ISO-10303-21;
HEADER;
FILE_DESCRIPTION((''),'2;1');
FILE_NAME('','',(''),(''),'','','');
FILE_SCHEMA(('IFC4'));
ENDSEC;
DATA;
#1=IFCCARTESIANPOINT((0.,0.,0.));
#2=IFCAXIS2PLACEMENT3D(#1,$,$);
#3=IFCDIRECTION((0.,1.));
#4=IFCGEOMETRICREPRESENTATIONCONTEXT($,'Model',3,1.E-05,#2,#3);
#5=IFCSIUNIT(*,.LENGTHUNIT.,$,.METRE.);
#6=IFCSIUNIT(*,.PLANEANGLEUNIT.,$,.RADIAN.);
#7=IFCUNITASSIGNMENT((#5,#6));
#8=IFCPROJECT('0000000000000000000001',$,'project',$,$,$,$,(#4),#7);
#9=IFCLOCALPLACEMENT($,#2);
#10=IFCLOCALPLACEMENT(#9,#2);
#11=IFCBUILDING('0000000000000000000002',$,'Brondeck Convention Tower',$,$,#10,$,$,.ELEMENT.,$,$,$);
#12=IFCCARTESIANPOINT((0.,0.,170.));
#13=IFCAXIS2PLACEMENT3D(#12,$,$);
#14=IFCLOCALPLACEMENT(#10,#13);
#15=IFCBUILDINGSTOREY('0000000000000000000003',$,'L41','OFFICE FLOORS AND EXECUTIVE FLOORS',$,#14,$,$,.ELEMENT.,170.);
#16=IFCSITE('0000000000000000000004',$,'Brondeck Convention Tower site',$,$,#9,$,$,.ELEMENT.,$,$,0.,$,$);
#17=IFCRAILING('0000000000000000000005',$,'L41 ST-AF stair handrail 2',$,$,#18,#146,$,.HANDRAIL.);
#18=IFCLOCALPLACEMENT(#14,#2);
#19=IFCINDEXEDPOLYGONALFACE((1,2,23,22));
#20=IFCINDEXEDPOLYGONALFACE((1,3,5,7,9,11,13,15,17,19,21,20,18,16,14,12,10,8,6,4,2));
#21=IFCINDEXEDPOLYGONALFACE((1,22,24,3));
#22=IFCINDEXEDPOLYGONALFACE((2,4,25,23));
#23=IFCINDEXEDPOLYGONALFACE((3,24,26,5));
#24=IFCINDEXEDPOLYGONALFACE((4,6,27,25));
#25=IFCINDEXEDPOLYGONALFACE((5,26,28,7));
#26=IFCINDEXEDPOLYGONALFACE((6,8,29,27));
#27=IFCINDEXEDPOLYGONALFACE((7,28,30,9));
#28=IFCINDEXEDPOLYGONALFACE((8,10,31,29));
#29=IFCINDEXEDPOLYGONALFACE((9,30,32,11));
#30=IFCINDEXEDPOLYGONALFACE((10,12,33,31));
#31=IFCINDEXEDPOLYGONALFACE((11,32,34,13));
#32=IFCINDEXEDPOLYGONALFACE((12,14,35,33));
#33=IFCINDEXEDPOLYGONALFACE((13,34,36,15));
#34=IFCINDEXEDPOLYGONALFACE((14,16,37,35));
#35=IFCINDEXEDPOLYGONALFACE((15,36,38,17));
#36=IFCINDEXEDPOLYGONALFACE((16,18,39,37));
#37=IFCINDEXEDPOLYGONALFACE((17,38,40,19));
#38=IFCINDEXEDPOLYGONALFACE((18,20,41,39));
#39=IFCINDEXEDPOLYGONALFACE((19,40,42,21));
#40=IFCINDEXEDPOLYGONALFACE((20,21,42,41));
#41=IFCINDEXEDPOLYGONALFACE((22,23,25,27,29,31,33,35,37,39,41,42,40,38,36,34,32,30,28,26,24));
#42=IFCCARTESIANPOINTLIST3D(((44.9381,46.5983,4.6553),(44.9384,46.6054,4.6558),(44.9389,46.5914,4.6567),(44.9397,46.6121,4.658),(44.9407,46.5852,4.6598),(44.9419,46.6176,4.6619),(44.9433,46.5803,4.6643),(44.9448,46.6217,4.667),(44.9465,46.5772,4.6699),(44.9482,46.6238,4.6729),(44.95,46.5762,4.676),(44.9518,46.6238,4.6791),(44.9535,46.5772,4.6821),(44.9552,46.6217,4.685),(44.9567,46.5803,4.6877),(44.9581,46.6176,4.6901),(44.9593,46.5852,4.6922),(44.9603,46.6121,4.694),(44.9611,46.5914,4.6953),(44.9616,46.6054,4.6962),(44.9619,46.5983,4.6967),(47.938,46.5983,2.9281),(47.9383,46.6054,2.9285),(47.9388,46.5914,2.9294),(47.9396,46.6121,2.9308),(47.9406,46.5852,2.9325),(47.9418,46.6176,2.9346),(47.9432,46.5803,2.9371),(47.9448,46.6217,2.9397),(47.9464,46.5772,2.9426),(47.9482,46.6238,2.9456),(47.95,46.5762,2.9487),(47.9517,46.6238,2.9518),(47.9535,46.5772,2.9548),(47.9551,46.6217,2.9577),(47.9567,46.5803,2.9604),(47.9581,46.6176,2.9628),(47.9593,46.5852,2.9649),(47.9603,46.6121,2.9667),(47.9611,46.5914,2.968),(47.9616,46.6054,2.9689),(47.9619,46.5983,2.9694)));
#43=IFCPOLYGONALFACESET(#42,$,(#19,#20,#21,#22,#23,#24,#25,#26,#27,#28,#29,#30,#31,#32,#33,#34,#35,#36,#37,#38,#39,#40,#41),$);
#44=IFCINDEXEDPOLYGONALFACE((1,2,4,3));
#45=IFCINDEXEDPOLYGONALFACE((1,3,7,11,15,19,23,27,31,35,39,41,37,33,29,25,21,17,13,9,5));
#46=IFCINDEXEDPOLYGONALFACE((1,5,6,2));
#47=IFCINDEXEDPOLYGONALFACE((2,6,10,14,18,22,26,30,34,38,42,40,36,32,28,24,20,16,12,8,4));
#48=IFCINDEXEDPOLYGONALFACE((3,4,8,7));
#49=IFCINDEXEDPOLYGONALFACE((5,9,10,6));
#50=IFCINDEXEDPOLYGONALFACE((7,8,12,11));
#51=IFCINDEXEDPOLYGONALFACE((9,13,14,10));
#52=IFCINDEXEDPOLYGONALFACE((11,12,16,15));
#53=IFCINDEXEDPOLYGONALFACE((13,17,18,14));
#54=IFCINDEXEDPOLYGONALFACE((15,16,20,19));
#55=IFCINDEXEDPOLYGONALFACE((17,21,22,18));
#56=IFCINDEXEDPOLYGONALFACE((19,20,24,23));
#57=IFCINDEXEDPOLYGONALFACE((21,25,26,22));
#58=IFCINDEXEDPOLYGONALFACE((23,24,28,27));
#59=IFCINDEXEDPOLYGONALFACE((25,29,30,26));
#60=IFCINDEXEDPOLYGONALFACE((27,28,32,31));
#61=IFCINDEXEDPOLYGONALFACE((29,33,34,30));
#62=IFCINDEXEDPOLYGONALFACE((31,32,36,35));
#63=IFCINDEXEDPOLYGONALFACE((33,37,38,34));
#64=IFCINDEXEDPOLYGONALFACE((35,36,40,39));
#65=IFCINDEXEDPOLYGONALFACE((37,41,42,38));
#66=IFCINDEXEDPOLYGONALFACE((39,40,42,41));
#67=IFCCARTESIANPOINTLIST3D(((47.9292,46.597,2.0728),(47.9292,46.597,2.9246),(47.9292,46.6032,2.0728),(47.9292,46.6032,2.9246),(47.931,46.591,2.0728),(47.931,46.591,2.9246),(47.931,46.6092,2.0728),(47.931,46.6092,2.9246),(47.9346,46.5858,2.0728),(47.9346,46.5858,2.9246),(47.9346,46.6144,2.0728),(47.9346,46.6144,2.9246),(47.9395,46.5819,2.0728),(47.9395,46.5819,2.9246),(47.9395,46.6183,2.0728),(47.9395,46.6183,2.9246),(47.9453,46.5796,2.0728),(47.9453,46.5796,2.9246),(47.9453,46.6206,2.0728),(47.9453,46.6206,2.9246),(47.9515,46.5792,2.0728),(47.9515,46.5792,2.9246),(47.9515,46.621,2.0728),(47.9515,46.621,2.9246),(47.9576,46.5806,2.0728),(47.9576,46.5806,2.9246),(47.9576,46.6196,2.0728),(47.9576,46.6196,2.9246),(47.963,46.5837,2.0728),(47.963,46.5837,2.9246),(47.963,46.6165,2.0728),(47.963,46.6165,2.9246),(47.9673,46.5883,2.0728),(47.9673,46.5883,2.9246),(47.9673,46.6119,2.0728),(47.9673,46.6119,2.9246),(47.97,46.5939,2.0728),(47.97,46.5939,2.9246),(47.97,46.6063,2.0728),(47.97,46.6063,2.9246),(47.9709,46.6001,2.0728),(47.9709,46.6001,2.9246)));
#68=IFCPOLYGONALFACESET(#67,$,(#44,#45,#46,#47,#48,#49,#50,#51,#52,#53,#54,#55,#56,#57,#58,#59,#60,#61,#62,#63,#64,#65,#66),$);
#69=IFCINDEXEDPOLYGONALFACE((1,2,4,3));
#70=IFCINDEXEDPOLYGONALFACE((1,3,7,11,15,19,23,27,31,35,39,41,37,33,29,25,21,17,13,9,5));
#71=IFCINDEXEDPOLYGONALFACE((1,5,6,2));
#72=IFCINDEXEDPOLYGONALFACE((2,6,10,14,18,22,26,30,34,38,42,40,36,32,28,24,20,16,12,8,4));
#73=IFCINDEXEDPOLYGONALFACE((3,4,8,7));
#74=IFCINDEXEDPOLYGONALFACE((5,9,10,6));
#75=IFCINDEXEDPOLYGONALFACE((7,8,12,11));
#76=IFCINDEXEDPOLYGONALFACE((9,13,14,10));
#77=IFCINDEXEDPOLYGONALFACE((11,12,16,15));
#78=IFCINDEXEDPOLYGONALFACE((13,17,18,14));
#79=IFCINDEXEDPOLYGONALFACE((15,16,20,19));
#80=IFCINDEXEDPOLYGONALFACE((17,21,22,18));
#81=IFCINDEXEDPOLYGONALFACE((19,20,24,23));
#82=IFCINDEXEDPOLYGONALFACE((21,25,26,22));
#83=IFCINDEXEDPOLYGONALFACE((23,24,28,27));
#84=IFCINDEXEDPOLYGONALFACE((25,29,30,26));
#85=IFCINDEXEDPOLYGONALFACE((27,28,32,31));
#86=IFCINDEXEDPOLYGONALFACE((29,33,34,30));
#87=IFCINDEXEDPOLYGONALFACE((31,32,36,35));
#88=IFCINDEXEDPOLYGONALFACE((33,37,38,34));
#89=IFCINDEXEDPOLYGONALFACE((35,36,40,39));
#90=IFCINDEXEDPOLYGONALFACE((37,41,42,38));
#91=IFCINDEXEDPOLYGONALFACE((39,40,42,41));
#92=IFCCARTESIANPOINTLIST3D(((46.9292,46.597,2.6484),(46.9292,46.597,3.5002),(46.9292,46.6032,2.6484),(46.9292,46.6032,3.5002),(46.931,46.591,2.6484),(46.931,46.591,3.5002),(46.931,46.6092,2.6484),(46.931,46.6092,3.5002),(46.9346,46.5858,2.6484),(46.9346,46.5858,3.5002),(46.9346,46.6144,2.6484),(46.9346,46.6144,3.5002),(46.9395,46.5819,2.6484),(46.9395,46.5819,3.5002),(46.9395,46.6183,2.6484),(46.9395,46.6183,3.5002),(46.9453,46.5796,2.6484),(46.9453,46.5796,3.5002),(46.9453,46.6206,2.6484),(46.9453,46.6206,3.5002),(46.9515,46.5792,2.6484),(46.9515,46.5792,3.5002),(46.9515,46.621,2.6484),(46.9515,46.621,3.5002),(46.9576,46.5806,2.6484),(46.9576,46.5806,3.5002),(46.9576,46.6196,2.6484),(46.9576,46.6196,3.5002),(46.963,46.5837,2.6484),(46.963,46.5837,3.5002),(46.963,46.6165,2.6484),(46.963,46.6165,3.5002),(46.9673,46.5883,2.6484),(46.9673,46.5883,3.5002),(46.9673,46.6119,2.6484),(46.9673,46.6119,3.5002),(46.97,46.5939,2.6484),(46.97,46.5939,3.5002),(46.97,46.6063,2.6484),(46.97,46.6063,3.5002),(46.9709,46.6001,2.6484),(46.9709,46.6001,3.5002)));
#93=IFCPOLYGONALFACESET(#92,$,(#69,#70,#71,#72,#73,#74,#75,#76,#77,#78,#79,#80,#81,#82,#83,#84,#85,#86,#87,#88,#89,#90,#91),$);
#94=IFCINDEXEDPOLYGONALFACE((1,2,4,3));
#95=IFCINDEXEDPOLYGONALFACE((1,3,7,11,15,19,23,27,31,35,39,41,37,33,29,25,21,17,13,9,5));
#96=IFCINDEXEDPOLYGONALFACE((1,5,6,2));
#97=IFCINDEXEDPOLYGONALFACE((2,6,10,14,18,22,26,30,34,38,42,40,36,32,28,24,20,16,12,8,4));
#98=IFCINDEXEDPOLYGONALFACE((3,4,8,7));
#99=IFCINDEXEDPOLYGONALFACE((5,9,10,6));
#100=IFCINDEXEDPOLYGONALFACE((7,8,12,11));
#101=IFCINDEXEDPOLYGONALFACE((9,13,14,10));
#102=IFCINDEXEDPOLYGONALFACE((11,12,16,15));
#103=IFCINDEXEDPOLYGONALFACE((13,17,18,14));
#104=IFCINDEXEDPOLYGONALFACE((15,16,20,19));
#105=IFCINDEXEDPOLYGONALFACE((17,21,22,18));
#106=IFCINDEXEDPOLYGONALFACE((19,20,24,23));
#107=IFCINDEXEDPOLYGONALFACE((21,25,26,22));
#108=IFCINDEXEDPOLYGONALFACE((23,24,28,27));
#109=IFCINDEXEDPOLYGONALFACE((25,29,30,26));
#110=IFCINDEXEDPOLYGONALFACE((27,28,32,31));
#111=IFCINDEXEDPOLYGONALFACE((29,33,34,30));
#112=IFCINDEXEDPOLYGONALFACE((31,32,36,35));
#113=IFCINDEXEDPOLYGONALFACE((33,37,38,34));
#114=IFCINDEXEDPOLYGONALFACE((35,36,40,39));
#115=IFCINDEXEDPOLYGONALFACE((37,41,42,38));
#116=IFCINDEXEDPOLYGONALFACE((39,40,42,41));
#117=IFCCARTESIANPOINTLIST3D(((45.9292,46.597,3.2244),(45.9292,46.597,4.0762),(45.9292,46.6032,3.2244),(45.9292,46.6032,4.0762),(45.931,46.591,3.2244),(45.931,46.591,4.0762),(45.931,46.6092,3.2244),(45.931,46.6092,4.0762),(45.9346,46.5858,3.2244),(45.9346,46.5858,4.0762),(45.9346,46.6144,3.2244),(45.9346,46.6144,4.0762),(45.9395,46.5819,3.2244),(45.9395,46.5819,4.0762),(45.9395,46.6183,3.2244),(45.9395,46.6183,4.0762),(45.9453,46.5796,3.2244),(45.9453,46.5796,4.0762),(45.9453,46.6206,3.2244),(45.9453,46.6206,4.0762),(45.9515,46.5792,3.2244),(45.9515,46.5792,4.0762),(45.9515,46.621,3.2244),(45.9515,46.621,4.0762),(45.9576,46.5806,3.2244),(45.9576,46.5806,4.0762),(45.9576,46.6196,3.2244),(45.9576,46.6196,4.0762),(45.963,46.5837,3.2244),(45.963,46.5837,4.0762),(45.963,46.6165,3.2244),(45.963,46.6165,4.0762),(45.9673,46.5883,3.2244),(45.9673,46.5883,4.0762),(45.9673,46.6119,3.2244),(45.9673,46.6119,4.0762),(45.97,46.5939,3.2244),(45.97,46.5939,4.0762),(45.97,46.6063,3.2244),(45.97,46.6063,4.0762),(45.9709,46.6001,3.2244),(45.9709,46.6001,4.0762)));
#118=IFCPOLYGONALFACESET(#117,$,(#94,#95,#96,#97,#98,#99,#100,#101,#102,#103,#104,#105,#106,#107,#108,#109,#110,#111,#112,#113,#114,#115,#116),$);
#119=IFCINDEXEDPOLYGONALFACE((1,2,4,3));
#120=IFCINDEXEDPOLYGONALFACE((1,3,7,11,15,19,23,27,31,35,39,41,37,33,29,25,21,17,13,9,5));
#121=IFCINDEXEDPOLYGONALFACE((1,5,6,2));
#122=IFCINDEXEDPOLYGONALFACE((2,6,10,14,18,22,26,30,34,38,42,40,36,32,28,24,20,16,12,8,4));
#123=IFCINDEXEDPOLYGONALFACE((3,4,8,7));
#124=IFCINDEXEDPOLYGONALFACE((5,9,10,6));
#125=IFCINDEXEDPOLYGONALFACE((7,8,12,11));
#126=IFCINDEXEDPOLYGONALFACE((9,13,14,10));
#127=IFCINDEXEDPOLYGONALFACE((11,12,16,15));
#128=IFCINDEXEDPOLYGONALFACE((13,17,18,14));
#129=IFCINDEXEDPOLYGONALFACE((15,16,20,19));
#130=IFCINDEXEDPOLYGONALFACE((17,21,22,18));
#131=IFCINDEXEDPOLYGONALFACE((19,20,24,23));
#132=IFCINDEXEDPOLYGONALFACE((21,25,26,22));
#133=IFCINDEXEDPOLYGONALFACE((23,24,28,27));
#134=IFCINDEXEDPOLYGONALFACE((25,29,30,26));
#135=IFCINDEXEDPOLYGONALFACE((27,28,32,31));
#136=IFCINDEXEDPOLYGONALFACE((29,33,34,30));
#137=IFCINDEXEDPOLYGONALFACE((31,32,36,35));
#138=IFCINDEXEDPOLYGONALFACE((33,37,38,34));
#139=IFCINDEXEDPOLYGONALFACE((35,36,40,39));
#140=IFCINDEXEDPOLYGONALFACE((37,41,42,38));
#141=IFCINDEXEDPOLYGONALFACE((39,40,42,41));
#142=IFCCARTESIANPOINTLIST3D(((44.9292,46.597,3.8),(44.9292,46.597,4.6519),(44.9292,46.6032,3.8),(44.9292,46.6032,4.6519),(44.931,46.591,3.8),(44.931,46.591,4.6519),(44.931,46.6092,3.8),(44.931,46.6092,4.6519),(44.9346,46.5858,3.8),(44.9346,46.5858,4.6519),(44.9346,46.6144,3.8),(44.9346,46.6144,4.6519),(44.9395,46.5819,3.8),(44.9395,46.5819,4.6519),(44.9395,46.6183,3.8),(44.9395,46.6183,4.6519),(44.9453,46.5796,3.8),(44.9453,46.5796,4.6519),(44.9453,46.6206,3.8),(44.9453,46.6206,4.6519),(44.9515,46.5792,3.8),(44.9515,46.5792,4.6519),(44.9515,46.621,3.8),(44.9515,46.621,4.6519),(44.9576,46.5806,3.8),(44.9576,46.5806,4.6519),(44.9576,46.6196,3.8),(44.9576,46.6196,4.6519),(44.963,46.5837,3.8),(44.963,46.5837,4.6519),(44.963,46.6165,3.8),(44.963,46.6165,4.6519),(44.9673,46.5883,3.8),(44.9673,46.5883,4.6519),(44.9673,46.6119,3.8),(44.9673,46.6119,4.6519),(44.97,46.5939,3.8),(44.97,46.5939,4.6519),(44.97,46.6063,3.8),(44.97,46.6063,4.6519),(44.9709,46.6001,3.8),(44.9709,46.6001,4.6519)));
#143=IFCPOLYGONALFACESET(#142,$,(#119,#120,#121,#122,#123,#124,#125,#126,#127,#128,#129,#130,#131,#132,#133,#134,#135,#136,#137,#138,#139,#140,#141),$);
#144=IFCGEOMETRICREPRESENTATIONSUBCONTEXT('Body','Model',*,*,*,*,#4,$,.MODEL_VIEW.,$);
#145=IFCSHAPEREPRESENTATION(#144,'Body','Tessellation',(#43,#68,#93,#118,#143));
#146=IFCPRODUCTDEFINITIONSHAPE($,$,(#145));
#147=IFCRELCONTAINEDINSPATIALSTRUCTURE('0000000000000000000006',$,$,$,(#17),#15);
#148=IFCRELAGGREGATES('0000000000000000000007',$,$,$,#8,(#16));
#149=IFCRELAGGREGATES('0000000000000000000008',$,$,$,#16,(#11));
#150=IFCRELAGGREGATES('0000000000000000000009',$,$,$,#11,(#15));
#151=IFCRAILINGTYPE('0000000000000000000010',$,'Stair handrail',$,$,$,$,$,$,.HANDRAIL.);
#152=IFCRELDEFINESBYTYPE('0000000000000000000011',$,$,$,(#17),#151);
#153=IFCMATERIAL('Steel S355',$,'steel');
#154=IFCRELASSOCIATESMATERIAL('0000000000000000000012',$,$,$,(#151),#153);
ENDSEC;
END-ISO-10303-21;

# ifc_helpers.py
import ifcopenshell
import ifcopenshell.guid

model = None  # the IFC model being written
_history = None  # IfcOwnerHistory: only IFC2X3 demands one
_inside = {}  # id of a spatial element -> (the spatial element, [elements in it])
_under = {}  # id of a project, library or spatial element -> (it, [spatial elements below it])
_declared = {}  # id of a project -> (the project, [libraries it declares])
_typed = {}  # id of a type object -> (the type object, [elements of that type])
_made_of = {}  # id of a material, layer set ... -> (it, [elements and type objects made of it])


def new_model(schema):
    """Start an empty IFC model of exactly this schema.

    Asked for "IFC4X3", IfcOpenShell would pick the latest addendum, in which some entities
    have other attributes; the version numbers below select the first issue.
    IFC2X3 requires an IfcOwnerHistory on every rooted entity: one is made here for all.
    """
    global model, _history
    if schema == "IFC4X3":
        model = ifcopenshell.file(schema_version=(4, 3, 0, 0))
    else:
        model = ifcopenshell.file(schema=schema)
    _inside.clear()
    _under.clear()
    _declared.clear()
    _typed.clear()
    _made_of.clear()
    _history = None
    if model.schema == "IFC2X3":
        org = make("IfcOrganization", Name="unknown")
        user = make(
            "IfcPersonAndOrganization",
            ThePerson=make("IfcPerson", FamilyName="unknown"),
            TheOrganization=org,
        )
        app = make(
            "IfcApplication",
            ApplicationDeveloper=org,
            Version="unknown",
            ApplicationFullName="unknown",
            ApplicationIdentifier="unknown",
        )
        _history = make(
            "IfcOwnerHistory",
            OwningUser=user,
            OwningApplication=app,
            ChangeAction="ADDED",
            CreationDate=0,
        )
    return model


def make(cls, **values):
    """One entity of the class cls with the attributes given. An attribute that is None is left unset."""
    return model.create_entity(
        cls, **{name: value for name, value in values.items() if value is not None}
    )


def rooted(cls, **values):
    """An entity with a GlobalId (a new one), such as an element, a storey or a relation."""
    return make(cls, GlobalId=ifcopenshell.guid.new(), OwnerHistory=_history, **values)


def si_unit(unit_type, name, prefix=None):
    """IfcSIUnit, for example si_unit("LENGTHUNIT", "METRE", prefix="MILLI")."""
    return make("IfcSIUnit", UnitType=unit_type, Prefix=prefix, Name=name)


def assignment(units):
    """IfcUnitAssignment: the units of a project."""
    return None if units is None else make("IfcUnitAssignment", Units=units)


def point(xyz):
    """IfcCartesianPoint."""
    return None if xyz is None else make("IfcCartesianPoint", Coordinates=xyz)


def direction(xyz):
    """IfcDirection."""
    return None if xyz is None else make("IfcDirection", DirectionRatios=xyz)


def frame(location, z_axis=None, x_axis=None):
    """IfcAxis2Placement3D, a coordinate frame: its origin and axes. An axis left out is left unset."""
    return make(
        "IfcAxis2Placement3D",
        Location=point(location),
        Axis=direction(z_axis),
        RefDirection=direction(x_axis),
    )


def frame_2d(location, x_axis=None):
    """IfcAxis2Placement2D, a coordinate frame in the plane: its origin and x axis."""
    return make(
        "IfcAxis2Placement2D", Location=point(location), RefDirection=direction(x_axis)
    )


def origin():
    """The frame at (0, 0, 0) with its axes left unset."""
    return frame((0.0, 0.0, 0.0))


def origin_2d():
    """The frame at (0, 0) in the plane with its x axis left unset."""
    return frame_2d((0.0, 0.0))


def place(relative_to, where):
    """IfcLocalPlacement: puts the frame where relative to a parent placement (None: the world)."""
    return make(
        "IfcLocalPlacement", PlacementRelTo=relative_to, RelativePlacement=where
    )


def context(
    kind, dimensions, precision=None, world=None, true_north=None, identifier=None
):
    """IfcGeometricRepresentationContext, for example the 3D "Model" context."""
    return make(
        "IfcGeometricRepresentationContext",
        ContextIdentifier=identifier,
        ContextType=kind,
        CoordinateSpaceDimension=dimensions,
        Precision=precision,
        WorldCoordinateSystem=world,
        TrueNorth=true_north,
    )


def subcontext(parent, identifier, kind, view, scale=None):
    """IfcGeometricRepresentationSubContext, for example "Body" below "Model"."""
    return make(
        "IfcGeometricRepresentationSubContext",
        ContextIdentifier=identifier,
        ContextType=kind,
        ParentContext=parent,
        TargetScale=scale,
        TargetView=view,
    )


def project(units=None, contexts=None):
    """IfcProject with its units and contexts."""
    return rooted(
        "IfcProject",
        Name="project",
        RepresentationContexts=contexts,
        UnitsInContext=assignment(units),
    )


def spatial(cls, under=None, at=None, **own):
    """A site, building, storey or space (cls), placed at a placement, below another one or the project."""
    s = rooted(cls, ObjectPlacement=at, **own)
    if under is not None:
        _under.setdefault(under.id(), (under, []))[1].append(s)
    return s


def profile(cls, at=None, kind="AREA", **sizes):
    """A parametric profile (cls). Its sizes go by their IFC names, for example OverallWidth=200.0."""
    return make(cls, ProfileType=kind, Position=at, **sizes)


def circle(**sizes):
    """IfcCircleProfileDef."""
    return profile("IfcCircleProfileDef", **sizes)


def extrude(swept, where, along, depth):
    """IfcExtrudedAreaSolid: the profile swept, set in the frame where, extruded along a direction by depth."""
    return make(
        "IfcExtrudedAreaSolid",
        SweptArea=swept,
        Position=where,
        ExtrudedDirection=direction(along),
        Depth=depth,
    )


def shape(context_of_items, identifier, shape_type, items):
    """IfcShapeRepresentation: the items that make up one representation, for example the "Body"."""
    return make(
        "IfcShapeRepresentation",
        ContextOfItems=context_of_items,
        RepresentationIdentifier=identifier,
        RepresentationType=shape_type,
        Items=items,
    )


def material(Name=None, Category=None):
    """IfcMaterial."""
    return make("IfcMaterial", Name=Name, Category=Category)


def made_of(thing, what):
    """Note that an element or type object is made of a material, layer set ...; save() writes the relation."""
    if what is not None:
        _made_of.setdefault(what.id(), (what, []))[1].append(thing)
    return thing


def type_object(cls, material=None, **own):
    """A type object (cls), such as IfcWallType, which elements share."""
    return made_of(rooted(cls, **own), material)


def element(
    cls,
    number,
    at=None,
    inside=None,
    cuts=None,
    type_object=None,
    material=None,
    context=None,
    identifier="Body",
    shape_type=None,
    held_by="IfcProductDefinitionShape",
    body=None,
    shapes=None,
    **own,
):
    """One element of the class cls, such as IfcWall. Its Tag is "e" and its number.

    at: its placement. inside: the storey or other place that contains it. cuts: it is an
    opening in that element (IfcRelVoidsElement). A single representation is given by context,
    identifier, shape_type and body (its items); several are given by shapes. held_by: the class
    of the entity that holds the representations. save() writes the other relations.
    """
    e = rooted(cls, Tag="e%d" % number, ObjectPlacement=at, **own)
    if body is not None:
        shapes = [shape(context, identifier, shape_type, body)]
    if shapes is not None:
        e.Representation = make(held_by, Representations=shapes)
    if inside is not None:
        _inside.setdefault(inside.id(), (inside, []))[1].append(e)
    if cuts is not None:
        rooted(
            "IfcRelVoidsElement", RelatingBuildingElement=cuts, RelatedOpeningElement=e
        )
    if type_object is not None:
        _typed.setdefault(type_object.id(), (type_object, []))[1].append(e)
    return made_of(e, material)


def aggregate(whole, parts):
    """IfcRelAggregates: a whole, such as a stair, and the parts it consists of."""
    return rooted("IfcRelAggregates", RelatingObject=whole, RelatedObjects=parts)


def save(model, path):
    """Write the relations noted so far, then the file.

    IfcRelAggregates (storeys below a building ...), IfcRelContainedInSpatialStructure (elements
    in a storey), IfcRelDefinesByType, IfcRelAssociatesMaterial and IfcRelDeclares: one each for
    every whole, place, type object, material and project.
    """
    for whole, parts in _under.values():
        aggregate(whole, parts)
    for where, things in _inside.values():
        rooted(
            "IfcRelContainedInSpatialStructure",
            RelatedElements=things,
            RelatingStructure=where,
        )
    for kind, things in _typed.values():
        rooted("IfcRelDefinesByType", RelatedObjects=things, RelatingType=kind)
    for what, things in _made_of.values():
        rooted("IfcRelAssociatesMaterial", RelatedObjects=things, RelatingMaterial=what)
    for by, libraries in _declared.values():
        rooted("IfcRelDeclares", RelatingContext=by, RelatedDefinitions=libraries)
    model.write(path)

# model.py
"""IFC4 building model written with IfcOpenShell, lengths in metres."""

from ifc_helpers import new_model, si_unit, direction, frame, origin, origin_2d, place, context, subcontext, project, spatial, circle, extrude, material, type_object, element, save


model = new_model("IFC4")

# Units and contexts
model_context = context("Model", 3, precision=1e-05, world=origin(), true_north=direction((0.0, 1.0)))
body_context = subcontext(model_context, "Body", "Model", "MODEL_VIEW")
ifc_project = project(units=[si_unit("LENGTHUNIT", "METRE"), si_unit("PLANEANGLEUNIT", "RADIAN")], contexts=[model_context])

# Site, building, storey
site_placement = place(None, origin())
site = spatial("IfcSite", under=ifc_project, at=site_placement, Name="Brondeck Convention Tower site", CompositionType="ELEMENT", RefElevation=0.0)
building_placement = place(site_placement, origin())
building = spatial("IfcBuilding", under=site, at=building_placement, Name="Brondeck Convention Tower", CompositionType="ELEMENT")
storey_placement = place(building_placement, frame((0.0, 0.0, 170.0)))
storey = spatial("IfcBuildingStorey", under=building, at=storey_placement, Name="L41", Description="OFFICE FLOORS AND EXECUTIVE FLOORS", CompositionType="ELEMENT", Elevation=170.0)

# Shared definitions
ifc_material_1 = material(Name="Steel S355", Category="steel")

# Railing
railing_type_1 = type_object("IfcRailingType", Name="Stair handrail", PredefinedType="HANDRAIL", material=ifc_material_1)
railing_1_placement = place(storey_placement, frame((47.95, 46.6001, 2.0728)))
element("IfcRailing", 1, at=railing_1_placement, inside=storey, type_object=railing_type_1, Name="L41 ST-AF stair handrail 2", PredefinedType="HANDRAIL", context=body_context, shape_type="SweptSolid", body=[
    extrude(circle(Radius=0.0239, at=origin_2d()), frame((0.0, 0.0, 0.876), z_axis=(-0.86662, 0.0, 0.498969), x_axis=(0.0, -1.0, 0.0)), (0.0, 0.0, 1.0), 3.4617),
    extrude(circle(Radius=0.021, at=origin_2d()), origin(), (0.0, 0.0, 1.0), 0.8518),
    extrude(circle(Radius=0.021, at=origin_2d()), frame((-1.0, 0.0, 0.5757)), (0.0, 0.0, 1.0), 0.8518),
    extrude(circle(Radius=0.021, at=origin_2d()), frame((-2.0, 0.0, 1.1516)), (0.0, 0.0, 1.0), 0.8518),
    extrude(circle(Radius=0.021, at=origin_2d()), frame((-3.0, 0.0, 1.7273)), (0.0, 0.0, 1.0), 0.8518),
])

save(model, "model.ifc")
